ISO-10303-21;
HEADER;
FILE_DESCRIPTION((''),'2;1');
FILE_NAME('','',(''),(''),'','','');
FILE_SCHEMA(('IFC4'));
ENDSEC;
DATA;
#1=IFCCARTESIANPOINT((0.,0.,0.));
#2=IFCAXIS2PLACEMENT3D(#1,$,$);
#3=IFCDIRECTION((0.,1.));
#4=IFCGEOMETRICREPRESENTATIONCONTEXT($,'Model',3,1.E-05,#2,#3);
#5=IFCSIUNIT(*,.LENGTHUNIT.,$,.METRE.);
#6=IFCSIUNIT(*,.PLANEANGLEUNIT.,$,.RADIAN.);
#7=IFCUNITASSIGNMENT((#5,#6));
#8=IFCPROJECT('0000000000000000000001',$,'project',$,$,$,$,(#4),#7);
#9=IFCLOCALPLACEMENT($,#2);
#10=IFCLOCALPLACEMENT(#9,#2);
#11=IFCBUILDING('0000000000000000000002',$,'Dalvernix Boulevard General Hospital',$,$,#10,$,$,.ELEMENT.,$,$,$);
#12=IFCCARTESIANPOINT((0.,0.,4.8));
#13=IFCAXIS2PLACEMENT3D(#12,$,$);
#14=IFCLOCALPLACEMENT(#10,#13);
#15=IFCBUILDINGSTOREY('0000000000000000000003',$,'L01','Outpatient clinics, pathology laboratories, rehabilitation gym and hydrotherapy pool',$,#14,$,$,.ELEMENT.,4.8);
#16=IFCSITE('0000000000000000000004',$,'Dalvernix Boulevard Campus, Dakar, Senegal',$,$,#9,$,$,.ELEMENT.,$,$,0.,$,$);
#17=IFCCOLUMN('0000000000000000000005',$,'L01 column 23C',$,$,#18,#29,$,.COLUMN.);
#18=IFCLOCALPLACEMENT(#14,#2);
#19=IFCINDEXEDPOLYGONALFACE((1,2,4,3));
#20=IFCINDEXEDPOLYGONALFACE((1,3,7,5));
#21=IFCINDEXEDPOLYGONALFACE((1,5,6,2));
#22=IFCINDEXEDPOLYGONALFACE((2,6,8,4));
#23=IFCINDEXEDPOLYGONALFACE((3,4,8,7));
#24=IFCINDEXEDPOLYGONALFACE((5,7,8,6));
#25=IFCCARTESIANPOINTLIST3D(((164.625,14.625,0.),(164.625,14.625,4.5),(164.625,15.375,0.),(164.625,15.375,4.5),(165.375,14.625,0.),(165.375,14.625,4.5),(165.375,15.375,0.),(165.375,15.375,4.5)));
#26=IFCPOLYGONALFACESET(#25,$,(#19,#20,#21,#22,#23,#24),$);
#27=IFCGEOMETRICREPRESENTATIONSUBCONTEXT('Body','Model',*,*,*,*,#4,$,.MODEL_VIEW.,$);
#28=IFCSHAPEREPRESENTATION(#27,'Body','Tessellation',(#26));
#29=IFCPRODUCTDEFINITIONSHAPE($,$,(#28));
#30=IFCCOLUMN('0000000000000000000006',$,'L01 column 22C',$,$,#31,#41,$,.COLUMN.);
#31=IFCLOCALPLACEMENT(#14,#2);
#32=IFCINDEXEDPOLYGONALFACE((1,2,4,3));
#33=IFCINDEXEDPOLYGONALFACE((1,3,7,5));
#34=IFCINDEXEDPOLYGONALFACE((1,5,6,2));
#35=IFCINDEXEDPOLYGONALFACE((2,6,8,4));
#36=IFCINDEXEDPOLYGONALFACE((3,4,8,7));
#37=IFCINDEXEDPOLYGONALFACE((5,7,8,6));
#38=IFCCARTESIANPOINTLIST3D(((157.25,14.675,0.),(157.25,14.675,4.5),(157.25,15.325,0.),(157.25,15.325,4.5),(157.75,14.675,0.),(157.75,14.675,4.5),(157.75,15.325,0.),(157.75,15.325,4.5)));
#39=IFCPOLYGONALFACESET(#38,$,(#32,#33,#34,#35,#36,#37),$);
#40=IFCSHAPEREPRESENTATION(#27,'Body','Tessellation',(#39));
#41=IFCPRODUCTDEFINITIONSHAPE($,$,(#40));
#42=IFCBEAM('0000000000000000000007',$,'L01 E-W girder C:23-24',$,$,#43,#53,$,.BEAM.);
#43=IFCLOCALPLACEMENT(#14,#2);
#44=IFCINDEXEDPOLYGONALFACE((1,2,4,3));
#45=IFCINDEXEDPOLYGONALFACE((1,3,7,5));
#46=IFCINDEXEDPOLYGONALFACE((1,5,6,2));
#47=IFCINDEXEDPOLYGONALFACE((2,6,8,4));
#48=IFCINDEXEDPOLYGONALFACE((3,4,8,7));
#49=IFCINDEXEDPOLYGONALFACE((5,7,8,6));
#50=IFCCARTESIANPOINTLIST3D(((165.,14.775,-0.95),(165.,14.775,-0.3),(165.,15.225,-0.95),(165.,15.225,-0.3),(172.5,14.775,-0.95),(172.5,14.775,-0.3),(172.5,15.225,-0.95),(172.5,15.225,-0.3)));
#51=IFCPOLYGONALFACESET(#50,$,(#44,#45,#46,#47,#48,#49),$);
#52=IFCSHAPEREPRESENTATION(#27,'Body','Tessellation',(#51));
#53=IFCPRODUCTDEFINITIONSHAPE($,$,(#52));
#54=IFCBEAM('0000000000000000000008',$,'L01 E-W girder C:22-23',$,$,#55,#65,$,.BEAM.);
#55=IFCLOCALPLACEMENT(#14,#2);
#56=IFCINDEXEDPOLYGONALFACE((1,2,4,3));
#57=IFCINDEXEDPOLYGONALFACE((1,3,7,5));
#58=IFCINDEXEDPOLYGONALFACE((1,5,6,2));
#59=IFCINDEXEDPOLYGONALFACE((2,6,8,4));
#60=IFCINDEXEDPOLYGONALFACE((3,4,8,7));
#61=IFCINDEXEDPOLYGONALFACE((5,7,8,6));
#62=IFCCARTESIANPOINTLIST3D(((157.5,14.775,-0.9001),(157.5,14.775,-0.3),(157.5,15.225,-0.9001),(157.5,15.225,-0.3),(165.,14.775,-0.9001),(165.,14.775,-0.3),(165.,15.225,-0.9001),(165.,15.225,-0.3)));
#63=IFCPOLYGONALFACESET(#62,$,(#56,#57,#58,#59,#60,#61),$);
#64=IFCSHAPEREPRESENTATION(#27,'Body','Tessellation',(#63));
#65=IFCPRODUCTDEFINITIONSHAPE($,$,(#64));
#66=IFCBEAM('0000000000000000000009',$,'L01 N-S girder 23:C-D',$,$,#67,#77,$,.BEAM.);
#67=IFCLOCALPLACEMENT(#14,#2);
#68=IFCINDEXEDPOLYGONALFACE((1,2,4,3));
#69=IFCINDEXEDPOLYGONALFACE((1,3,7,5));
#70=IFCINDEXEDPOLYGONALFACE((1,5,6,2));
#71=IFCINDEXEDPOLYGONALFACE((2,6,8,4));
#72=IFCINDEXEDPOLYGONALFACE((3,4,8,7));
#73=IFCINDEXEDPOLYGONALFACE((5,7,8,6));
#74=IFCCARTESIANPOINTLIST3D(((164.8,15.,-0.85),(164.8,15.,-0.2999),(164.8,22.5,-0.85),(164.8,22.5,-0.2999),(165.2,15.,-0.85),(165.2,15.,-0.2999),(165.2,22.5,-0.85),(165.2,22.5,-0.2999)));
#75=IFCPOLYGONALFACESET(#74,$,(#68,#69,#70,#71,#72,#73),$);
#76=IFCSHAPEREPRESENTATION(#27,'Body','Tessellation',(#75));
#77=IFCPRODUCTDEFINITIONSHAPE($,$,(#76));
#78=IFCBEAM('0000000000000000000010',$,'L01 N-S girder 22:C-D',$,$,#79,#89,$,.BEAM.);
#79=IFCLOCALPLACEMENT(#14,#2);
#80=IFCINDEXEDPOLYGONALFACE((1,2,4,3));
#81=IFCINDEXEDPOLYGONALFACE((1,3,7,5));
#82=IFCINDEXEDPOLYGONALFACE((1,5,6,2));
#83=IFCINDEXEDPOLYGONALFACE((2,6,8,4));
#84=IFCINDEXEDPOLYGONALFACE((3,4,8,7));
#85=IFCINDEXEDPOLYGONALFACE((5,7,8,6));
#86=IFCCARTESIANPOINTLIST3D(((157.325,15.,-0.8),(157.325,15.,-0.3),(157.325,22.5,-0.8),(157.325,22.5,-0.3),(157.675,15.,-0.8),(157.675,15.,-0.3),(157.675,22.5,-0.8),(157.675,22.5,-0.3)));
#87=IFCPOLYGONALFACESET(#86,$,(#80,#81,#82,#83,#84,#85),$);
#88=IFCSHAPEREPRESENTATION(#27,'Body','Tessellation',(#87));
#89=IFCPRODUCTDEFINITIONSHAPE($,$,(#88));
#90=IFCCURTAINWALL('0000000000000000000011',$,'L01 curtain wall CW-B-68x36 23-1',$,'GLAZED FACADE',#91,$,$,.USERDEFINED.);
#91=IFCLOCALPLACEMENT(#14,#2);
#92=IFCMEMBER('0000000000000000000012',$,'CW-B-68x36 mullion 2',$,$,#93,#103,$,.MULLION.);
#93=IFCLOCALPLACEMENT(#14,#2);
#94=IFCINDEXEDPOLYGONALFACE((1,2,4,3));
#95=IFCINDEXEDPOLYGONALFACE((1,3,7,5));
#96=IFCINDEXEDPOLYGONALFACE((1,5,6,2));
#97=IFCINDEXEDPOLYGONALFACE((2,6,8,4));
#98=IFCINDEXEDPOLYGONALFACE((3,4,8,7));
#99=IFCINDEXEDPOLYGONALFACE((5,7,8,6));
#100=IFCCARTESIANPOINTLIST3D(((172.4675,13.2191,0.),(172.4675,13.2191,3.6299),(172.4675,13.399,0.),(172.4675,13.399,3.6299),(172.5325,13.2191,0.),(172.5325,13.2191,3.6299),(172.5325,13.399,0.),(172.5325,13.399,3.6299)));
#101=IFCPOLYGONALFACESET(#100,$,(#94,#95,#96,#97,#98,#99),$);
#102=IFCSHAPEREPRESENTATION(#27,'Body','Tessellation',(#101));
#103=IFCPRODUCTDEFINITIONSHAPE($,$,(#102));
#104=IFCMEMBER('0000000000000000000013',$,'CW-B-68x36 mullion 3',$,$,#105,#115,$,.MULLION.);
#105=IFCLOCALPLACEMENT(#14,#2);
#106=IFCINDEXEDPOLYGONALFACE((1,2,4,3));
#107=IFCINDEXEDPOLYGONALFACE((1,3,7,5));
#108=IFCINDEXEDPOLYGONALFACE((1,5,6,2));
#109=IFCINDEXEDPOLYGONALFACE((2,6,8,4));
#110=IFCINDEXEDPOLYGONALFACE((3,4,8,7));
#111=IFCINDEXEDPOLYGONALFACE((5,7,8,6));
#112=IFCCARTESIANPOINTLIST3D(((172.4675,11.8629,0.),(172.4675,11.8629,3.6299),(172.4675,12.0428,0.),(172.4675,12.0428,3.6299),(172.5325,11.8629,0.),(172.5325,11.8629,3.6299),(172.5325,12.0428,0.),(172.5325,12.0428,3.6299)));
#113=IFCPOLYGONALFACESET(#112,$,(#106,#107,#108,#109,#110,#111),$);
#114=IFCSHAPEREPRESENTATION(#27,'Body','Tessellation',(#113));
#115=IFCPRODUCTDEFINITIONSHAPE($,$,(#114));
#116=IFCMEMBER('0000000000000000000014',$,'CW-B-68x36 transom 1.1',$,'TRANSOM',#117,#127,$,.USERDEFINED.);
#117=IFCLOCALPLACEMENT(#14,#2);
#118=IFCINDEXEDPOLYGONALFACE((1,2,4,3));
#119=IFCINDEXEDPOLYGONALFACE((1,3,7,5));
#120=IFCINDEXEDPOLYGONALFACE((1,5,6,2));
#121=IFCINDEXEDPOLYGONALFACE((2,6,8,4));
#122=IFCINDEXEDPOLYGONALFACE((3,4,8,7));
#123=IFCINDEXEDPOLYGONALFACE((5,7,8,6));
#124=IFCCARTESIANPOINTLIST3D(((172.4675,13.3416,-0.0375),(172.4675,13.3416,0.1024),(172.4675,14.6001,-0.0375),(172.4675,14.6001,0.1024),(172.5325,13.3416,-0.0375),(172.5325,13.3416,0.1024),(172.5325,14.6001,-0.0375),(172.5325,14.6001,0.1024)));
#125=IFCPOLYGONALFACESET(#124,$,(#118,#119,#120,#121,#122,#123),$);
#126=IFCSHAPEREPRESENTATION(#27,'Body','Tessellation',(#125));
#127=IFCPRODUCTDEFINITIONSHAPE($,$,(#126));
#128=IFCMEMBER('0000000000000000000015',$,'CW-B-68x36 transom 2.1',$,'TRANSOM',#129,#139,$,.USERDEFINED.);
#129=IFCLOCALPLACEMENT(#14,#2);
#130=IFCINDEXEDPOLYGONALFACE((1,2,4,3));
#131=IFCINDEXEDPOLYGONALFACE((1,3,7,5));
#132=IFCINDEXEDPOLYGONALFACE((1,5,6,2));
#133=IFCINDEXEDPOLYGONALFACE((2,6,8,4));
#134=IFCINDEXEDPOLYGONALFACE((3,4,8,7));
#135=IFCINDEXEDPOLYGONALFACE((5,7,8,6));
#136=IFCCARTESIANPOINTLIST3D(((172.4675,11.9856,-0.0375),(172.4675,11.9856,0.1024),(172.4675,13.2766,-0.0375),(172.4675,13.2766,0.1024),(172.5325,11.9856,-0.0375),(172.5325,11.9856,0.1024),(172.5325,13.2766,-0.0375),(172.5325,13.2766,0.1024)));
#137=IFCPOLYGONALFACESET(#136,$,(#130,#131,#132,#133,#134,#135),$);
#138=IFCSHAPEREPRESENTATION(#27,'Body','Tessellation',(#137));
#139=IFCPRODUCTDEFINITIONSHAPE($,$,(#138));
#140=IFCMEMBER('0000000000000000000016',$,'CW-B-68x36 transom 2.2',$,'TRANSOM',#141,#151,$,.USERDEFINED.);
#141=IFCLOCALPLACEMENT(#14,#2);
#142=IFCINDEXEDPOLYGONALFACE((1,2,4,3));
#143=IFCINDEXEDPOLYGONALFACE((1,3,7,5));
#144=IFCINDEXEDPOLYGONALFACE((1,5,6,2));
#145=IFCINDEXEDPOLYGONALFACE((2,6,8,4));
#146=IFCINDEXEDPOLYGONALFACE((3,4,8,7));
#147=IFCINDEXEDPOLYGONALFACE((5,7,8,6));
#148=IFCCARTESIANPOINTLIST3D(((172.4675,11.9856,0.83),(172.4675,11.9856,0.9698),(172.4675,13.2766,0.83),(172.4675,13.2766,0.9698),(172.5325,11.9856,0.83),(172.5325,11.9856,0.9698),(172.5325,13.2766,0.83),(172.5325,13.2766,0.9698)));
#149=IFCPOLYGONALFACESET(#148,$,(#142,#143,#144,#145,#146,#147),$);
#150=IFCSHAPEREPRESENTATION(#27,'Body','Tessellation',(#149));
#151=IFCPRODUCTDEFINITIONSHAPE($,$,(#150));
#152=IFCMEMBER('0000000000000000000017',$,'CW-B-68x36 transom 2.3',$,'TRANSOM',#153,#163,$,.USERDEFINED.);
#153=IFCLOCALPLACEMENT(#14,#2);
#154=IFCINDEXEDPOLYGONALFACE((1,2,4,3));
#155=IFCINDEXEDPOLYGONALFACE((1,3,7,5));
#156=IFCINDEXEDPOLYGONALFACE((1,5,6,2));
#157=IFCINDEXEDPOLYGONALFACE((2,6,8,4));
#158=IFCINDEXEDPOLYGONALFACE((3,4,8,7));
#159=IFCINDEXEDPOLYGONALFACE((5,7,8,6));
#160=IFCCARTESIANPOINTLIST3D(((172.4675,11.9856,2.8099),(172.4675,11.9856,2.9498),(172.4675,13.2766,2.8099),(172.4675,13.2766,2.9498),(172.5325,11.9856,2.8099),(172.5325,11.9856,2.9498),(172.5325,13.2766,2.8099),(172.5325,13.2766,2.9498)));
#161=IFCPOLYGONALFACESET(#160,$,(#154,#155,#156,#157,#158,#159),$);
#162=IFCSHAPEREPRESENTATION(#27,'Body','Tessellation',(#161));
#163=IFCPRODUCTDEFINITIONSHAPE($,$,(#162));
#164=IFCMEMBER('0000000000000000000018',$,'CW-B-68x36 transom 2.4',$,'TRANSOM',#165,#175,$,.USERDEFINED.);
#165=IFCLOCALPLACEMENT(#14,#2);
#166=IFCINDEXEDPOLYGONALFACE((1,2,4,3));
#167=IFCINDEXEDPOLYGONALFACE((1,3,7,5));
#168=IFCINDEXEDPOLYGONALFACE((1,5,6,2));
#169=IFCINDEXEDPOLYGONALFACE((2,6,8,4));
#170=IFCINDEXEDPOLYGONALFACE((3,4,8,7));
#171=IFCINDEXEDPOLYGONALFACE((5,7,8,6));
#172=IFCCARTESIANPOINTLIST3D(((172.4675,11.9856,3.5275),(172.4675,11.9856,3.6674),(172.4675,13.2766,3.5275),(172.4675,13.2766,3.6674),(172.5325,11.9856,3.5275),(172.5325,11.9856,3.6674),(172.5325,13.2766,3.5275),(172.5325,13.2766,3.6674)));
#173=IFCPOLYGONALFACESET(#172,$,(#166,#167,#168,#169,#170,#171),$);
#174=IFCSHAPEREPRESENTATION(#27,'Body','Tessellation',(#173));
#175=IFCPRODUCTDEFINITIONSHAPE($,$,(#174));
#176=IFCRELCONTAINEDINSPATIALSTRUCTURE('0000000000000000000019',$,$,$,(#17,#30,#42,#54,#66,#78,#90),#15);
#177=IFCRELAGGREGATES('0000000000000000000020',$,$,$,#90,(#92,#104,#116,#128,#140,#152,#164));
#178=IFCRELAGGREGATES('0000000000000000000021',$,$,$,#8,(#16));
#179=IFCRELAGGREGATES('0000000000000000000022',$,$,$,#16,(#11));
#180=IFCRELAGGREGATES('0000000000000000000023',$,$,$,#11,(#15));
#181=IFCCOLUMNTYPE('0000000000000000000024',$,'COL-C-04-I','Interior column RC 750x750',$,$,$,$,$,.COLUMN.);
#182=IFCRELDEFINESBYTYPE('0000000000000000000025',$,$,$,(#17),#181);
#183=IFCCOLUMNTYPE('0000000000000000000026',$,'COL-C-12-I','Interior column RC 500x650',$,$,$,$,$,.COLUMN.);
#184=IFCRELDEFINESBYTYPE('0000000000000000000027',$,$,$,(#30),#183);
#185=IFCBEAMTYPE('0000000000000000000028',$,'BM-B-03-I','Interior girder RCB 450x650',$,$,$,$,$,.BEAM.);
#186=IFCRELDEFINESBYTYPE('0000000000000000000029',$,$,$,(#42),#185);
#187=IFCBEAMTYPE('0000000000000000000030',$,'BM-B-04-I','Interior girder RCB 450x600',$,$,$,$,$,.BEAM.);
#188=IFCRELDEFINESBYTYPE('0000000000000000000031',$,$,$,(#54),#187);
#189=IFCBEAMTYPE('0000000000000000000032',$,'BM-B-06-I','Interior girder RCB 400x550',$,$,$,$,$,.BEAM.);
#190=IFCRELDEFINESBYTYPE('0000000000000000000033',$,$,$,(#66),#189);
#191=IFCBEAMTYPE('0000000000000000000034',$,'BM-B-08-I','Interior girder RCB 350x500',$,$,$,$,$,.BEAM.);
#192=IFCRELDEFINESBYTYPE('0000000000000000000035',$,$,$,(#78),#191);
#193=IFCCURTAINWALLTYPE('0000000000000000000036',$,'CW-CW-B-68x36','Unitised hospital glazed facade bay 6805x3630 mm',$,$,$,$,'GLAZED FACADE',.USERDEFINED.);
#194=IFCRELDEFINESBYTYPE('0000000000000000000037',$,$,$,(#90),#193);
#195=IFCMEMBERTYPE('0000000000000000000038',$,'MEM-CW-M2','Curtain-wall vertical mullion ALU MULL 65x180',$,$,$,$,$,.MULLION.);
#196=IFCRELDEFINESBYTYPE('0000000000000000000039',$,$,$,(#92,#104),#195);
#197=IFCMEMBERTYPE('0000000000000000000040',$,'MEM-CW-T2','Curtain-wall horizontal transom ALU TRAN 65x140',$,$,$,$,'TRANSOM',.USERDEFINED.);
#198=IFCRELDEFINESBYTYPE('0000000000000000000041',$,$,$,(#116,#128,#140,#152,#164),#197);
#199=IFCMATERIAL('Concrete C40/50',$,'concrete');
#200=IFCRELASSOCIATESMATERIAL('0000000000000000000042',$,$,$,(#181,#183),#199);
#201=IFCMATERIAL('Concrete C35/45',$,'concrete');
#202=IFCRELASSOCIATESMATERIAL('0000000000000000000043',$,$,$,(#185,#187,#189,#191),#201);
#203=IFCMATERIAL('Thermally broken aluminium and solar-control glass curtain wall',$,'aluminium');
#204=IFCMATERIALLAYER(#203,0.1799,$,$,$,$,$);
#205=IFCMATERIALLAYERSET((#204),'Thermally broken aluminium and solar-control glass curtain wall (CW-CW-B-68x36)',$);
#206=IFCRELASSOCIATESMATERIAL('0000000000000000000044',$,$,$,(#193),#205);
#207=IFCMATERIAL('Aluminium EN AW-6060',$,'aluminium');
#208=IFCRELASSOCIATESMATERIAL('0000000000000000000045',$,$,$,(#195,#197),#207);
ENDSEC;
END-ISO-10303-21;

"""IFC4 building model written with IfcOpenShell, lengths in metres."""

from ifc_helpers import new_model, si_unit, direction, frame, origin, origin_2d, place, context, subcontext, project, spatial, rectangle, extrude, material, layer, layer_set, material_profile, profile_set, type_object, element, aggregate, save


model = new_model("IFC4")

# Units and contexts
model_context = context("Model", 3, precision=1e-05, world=origin(), true_north=direction((0.0, 1.0)))
body_context = subcontext(model_context, "Body", "Model", "MODEL_VIEW")
ifc_project = project(units=[si_unit("LENGTHUNIT", "METRE"), si_unit("PLANEANGLEUNIT", "RADIAN")], contexts=[model_context])

# Site, building, storey
site_placement = place(None, origin())
site = spatial("IfcSite", under=ifc_project, at=site_placement, Name="Dalvernix Boulevard Campus, Dakar, Senegal", CompositionType="ELEMENT", RefElevation=0.0)
building_placement = place(site_placement, origin())
building = spatial("IfcBuilding", under=site, at=building_placement, Name="Dalvernix Boulevard General Hospital", CompositionType="ELEMENT")
storey_placement = place(building_placement, frame((0.0, 0.0, 4.8)))
storey = spatial("IfcBuildingStorey", under=building, at=storey_placement, Name="L01", Description="Outpatient clinics, pathology laboratories, rehabilitation gym and hydrotherapy pool", CompositionType="ELEMENT", Elevation=4.8)

# Columns
ifc_material_1 = material(Name="Concrete C40/50", Category="concrete")
ifc_material_profile_1 = material_profile(ifc_material_1, rectangle(XDim=0.75, YDim=0.75, at=origin_2d()), Name="RC 750x750")
ifc_profile_set_1 = profile_set([ifc_material_profile_1], Name="Concrete C40/50")
column_type_1 = type_object("IfcColumnType", Name="COL-C-04-I", Description="Interior column RC 750x750", PredefinedType="COLUMN", material=ifc_profile_set_1)
column_1_placement = place(storey_placement, frame((165.0, 15.0, 0.0), z_axis=(0.0, 0.0, 1.0), x_axis=(1.0, 0.0, 0.0)))
element("IfcColumn", 1, at=column_1_placement, inside=storey, type_object=column_type_1, Name="L01 column 23C", PredefinedType="COLUMN", context=body_context, shape_type="SweptSolid", body=[
    extrude(rectangle(XDim=0.75, YDim=0.75, at=origin_2d()), origin(), (0.0, 0.0, 1.0), 4.5),
])
ifc_material_profile_2 = material_profile(ifc_material_1, rectangle(XDim=0.5, YDim=0.6499, at=origin_2d()), Name="RC 500x650")
ifc_profile_set_2 = profile_set([ifc_material_profile_2], Name="Concrete C40/50")
column_type_2 = type_object("IfcColumnType", Name="COL-C-12-I", Description="Interior column RC 500x650", PredefinedType="COLUMN", material=ifc_profile_set_2)
column_2_placement = place(storey_placement, frame((157.5, 15.0, 0.0), z_axis=(0.0, 0.0, 1.0), x_axis=(1.0, 0.0, 0.0)))
element("IfcColumn", 2, at=column_2_placement, inside=storey, type_object=column_type_2, Name="L01 column 22C", PredefinedType="COLUMN", context=body_context, shape_type="SweptSolid", body=[
    extrude(rectangle(XDim=0.5, YDim=0.6499, at=origin_2d()), origin(), (0.0, 0.0, 1.0), 4.5),
])

# Beams
ifc_material_2 = material(Name="Concrete C35/45", Category="concrete")
ifc_material_profile_3 = material_profile(ifc_material_2, rectangle(XDim=0.45, YDim=0.6499, at=origin_2d()), Name="RCB 450x650")
ifc_profile_set_3 = profile_set([ifc_material_profile_3], Name="Concrete C35/45")
beam_type_1 = type_object("IfcBeamType", Name="BM-B-03-I", Description="Interior girder RCB 450x650", PredefinedType="BEAM", material=ifc_profile_set_3)
beam_1_placement = place(storey_placement, frame((165.0, 15.0, -0.625), z_axis=(1.0, 0.0, 0.0), x_axis=(0.0, 1.0, 0.0)))
element("IfcBeam", 3, at=beam_1_placement, inside=storey, type_object=beam_type_1, Name="L01 E-W girder C:23-24", PredefinedType="BEAM", context=body_context, shape_type="SweptSolid", body=[
    extrude(rectangle(XDim=0.45, YDim=0.6499, at=origin_2d()), origin(), (0.0, 0.0, 1.0), 7.5),
])
ifc_material_profile_4 = material_profile(ifc_material_2, rectangle(XDim=0.45, YDim=0.6001, at=origin_2d()), Name="RCB 450x600")
ifc_profile_set_4 = profile_set([ifc_material_profile_4], Name="Concrete C35/45")
beam_type_2 = type_object("IfcBeamType", Name="BM-B-04-I", Description="Interior girder RCB 450x600", PredefinedType="BEAM", material=ifc_profile_set_4)
beam_2_placement = place(storey_placement, frame((157.5, 15.0, -0.6001), z_axis=(1.0, 0.0, 0.0), x_axis=(0.0, 1.0, 0.0)))
element("IfcBeam", 4, at=beam_2_placement, inside=storey, type_object=beam_type_2, Name="L01 E-W girder C:22-23", PredefinedType="BEAM", context=body_context, shape_type="SweptSolid", body=[
    extrude(rectangle(XDim=0.45, YDim=0.6001, at=origin_2d()), origin(), (0.0, 0.0, 1.0), 7.5),
])
ifc_material_profile_5 = material_profile(ifc_material_2, rectangle(XDim=0.3999, YDim=0.55, at=origin_2d()), Name="RCB 400x550")
ifc_profile_set_5 = profile_set([ifc_material_profile_5], Name="Concrete C35/45")
beam_type_3 = type_object("IfcBeamType", Name="BM-B-06-I", Description="Interior girder RCB 400x550", PredefinedType="BEAM", material=ifc_profile_set_5)
beam_3_placement = place(storey_placement, frame((165.0, 15.0, -0.575), z_axis=(0.0, 1.0, 0.0), x_axis=(-1.0, 0.0, 0.0)))
element("IfcBeam", 5, at=beam_3_placement, inside=storey, type_object=beam_type_3, Name="L01 N-S girder 23:C-D", PredefinedType="BEAM", context=body_context, shape_type="SweptSolid", body=[
    extrude(rectangle(XDim=0.3999, YDim=0.55, at=origin_2d()), origin(), (0.0, 0.0, 1.0), 7.5),
])
ifc_material_profile_6 = material_profile(ifc_material_2, rectangle(XDim=0.3501, YDim=0.5, at=origin_2d()), Name="RCB 350x500")
ifc_profile_set_6 = profile_set([ifc_material_profile_6], Name="Concrete C35/45")
beam_type_4 = type_object("IfcBeamType", Name="BM-B-08-I", Description="Interior girder RCB 350x500", PredefinedType="BEAM", material=ifc_profile_set_6)
beam_4_placement = place(storey_placement, frame((157.5, 15.0, -0.55), z_axis=(0.0, 1.0, 0.0), x_axis=(-1.0, 0.0, 0.0)))
element("IfcBeam", 6, at=beam_4_placement, inside=storey, type_object=beam_type_4, Name="L01 N-S girder 22:C-D", PredefinedType="BEAM", context=body_context, shape_type="SweptSolid", body=[
    extrude(rectangle(XDim=0.3501, YDim=0.5, at=origin_2d()), origin(), (0.0, 0.0, 1.0), 7.5),
])

# Curtain wall, members
ifc_material_3 = material(Name="Thermally broken aluminium and solar-control glass curtain wall", Category="aluminium")
ifc_layer_1 = layer(ifc_material_3, 0.1799)
ifc_layer_set_1 = layer_set([ifc_layer_1], Name="Thermally broken aluminium and solar-control glass curtain wall (CW-CW-B-68x36)")
curtain_wall_type = type_object("IfcCurtainWallType", Name="CW-CW-B-68x36", Description="Unitised hospital glazed facade bay 6805x3630 mm", ElementType="GLAZED FACADE", PredefinedType="USERDEFINED", material=ifc_layer_set_1)
curtain_wall_placement = place(storey_placement, origin())
curtain_wall = element("IfcCurtainWall", 7, at=curtain_wall_placement, inside=storey, type_object=curtain_wall_type, Name="L01 curtain wall CW-B-68x36 23-1", ObjectType="GLAZED FACADE", PredefinedType="USERDEFINED")
ifc_material_4 = material(Name="Aluminium EN AW-6060", Category="aluminium")
ifc_material_profile_7 = material_profile(ifc_material_4, rectangle(XDim=0.0649, YDim=0.1799, at=origin_2d()), Name="ALU MULL 65x180")
ifc_profile_set_7 = profile_set([ifc_material_profile_7], Name="Aluminium EN AW-6060")
member_type_1 = type_object("IfcMemberType", Name="MEM-CW-M2", Description="Curtain-wall vertical mullion ALU MULL 65x180", PredefinedType="MULLION", material=ifc_profile_set_7)
member_1_placement = place(storey_placement, frame((172.5, 13.3091, 0.0), z_axis=(0.0, 0.0, 1.0), x_axis=(1.0, 0.0, 0.0)))
member_1 = element("IfcMember", 8, at=member_1_placement, type_object=member_type_1, Name="CW-B-68x36 mullion 2", PredefinedType="MULLION", context=body_context, shape_type="SweptSolid", body=[
    extrude(rectangle(XDim=0.0649, YDim=0.1799, at=origin_2d()), origin(), (0.0, 0.0, 1.0), 3.6299),
])
member_2_placement = place(storey_placement, frame((172.5, 11.9529, 0.0), z_axis=(0.0, 0.0, 1.0), x_axis=(1.0, 0.0, 0.0)))
member_2 = element("IfcMember", 9, at=member_2_placement, type_object=member_type_1, Name="CW-B-68x36 mullion 3", PredefinedType="MULLION", context=body_context, shape_type="SweptSolid", body=[
    extrude(rectangle(XDim=0.0649, YDim=0.1799, at=origin_2d()), origin(), (0.0, 0.0, 1.0), 3.6299),
])
ifc_material_profile_8 = material_profile(ifc_material_4, rectangle(XDim=0.0649, YDim=0.1399, at=origin_2d()), Name="ALU TRAN 65x140")
ifc_profile_set_8 = profile_set([ifc_material_profile_8], Name="Aluminium EN AW-6060")
member_type_2 = type_object("IfcMemberType", Name="MEM-CW-T2", Description="Curtain-wall horizontal transom ALU TRAN 65x140", ElementType="TRANSOM", PredefinedType="USERDEFINED", material=ifc_profile_set_8)
member_3_placement = place(storey_placement, frame((172.5, 14.6001, 0.0325), z_axis=(0.0, -1.0, 0.0), x_axis=(1.0, 0.0, 0.0)))
member_3 = element("IfcMember", 10, at=member_3_placement, type_object=member_type_2, Name="CW-B-68x36 transom 1.1", ObjectType="TRANSOM", PredefinedType="USERDEFINED", context=body_context, shape_type="SweptSolid", body=[
    extrude(rectangle(XDim=0.0649, YDim=0.1399, at=origin_2d()), origin(), (0.0, 0.0, 1.0), 1.2585),
])
member_4_placement = place(storey_placement, frame((172.5, 13.2766, 0.0325), z_axis=(0.0, -1.0, 0.0), x_axis=(1.0, 0.0, 0.0)))
member_4 = element("IfcMember", 11, at=member_4_placement, type_object=member_type_2, Name="CW-B-68x36 transom 2.1", ObjectType="TRANSOM", PredefinedType="USERDEFINED", context=body_context, shape_type="SweptSolid", body=[
    extrude(rectangle(XDim=0.0649, YDim=0.1399, at=origin_2d()), origin(), (0.0, 0.0, 1.0), 1.291),
])
member_5_placement = place(storey_placement, frame((172.5, 13.2766, 0.8999), z_axis=(0.0, -1.0, 0.0), x_axis=(1.0, 0.0, 0.0)))
member_5 = element("IfcMember", 12, at=member_5_placement, type_object=member_type_2, Name="CW-B-68x36 transom 2.2", ObjectType="TRANSOM", PredefinedType="USERDEFINED", context=body_context, shape_type="SweptSolid", body=[
    extrude(rectangle(XDim=0.0649, YDim=0.1399, at=origin_2d()), origin(), (0.0, 0.0, 1.0), 1.291),
])
member_6_placement = place(storey_placement, frame((172.5, 13.2766, 2.8799), z_axis=(0.0, -1.0, 0.0), x_axis=(1.0, 0.0, 0.0)))
member_6 = element("IfcMember", 13, at=member_6_placement, type_object=member_type_2, Name="CW-B-68x36 transom 2.3", ObjectType="TRANSOM", PredefinedType="USERDEFINED", context=body_context, shape_type="SweptSolid", body=[
    extrude(rectangle(XDim=0.0649, YDim=0.1399, at=origin_2d()), origin(), (0.0, 0.0, 1.0), 1.291),
])
member_7_placement = place(storey_placement, frame((172.5, 13.2766, 3.5974), z_axis=(0.0, -1.0, 0.0), x_axis=(1.0, 0.0, 0.0)))
member_7 = element("IfcMember", 14, at=member_7_placement, type_object=member_type_2, Name="CW-B-68x36 transom 2.4", ObjectType="TRANSOM", PredefinedType="USERDEFINED", context=body_context, shape_type="SweptSolid", body=[
    extrude(rectangle(XDim=0.0649, YDim=0.1399, at=origin_2d()), origin(), (0.0, 0.0, 1.0), 1.291),
])
aggregate(curtain_wall, [member_1, member_2, member_3, member_4, member_5, member_6, member_7])

save(model, "model.ifc")
